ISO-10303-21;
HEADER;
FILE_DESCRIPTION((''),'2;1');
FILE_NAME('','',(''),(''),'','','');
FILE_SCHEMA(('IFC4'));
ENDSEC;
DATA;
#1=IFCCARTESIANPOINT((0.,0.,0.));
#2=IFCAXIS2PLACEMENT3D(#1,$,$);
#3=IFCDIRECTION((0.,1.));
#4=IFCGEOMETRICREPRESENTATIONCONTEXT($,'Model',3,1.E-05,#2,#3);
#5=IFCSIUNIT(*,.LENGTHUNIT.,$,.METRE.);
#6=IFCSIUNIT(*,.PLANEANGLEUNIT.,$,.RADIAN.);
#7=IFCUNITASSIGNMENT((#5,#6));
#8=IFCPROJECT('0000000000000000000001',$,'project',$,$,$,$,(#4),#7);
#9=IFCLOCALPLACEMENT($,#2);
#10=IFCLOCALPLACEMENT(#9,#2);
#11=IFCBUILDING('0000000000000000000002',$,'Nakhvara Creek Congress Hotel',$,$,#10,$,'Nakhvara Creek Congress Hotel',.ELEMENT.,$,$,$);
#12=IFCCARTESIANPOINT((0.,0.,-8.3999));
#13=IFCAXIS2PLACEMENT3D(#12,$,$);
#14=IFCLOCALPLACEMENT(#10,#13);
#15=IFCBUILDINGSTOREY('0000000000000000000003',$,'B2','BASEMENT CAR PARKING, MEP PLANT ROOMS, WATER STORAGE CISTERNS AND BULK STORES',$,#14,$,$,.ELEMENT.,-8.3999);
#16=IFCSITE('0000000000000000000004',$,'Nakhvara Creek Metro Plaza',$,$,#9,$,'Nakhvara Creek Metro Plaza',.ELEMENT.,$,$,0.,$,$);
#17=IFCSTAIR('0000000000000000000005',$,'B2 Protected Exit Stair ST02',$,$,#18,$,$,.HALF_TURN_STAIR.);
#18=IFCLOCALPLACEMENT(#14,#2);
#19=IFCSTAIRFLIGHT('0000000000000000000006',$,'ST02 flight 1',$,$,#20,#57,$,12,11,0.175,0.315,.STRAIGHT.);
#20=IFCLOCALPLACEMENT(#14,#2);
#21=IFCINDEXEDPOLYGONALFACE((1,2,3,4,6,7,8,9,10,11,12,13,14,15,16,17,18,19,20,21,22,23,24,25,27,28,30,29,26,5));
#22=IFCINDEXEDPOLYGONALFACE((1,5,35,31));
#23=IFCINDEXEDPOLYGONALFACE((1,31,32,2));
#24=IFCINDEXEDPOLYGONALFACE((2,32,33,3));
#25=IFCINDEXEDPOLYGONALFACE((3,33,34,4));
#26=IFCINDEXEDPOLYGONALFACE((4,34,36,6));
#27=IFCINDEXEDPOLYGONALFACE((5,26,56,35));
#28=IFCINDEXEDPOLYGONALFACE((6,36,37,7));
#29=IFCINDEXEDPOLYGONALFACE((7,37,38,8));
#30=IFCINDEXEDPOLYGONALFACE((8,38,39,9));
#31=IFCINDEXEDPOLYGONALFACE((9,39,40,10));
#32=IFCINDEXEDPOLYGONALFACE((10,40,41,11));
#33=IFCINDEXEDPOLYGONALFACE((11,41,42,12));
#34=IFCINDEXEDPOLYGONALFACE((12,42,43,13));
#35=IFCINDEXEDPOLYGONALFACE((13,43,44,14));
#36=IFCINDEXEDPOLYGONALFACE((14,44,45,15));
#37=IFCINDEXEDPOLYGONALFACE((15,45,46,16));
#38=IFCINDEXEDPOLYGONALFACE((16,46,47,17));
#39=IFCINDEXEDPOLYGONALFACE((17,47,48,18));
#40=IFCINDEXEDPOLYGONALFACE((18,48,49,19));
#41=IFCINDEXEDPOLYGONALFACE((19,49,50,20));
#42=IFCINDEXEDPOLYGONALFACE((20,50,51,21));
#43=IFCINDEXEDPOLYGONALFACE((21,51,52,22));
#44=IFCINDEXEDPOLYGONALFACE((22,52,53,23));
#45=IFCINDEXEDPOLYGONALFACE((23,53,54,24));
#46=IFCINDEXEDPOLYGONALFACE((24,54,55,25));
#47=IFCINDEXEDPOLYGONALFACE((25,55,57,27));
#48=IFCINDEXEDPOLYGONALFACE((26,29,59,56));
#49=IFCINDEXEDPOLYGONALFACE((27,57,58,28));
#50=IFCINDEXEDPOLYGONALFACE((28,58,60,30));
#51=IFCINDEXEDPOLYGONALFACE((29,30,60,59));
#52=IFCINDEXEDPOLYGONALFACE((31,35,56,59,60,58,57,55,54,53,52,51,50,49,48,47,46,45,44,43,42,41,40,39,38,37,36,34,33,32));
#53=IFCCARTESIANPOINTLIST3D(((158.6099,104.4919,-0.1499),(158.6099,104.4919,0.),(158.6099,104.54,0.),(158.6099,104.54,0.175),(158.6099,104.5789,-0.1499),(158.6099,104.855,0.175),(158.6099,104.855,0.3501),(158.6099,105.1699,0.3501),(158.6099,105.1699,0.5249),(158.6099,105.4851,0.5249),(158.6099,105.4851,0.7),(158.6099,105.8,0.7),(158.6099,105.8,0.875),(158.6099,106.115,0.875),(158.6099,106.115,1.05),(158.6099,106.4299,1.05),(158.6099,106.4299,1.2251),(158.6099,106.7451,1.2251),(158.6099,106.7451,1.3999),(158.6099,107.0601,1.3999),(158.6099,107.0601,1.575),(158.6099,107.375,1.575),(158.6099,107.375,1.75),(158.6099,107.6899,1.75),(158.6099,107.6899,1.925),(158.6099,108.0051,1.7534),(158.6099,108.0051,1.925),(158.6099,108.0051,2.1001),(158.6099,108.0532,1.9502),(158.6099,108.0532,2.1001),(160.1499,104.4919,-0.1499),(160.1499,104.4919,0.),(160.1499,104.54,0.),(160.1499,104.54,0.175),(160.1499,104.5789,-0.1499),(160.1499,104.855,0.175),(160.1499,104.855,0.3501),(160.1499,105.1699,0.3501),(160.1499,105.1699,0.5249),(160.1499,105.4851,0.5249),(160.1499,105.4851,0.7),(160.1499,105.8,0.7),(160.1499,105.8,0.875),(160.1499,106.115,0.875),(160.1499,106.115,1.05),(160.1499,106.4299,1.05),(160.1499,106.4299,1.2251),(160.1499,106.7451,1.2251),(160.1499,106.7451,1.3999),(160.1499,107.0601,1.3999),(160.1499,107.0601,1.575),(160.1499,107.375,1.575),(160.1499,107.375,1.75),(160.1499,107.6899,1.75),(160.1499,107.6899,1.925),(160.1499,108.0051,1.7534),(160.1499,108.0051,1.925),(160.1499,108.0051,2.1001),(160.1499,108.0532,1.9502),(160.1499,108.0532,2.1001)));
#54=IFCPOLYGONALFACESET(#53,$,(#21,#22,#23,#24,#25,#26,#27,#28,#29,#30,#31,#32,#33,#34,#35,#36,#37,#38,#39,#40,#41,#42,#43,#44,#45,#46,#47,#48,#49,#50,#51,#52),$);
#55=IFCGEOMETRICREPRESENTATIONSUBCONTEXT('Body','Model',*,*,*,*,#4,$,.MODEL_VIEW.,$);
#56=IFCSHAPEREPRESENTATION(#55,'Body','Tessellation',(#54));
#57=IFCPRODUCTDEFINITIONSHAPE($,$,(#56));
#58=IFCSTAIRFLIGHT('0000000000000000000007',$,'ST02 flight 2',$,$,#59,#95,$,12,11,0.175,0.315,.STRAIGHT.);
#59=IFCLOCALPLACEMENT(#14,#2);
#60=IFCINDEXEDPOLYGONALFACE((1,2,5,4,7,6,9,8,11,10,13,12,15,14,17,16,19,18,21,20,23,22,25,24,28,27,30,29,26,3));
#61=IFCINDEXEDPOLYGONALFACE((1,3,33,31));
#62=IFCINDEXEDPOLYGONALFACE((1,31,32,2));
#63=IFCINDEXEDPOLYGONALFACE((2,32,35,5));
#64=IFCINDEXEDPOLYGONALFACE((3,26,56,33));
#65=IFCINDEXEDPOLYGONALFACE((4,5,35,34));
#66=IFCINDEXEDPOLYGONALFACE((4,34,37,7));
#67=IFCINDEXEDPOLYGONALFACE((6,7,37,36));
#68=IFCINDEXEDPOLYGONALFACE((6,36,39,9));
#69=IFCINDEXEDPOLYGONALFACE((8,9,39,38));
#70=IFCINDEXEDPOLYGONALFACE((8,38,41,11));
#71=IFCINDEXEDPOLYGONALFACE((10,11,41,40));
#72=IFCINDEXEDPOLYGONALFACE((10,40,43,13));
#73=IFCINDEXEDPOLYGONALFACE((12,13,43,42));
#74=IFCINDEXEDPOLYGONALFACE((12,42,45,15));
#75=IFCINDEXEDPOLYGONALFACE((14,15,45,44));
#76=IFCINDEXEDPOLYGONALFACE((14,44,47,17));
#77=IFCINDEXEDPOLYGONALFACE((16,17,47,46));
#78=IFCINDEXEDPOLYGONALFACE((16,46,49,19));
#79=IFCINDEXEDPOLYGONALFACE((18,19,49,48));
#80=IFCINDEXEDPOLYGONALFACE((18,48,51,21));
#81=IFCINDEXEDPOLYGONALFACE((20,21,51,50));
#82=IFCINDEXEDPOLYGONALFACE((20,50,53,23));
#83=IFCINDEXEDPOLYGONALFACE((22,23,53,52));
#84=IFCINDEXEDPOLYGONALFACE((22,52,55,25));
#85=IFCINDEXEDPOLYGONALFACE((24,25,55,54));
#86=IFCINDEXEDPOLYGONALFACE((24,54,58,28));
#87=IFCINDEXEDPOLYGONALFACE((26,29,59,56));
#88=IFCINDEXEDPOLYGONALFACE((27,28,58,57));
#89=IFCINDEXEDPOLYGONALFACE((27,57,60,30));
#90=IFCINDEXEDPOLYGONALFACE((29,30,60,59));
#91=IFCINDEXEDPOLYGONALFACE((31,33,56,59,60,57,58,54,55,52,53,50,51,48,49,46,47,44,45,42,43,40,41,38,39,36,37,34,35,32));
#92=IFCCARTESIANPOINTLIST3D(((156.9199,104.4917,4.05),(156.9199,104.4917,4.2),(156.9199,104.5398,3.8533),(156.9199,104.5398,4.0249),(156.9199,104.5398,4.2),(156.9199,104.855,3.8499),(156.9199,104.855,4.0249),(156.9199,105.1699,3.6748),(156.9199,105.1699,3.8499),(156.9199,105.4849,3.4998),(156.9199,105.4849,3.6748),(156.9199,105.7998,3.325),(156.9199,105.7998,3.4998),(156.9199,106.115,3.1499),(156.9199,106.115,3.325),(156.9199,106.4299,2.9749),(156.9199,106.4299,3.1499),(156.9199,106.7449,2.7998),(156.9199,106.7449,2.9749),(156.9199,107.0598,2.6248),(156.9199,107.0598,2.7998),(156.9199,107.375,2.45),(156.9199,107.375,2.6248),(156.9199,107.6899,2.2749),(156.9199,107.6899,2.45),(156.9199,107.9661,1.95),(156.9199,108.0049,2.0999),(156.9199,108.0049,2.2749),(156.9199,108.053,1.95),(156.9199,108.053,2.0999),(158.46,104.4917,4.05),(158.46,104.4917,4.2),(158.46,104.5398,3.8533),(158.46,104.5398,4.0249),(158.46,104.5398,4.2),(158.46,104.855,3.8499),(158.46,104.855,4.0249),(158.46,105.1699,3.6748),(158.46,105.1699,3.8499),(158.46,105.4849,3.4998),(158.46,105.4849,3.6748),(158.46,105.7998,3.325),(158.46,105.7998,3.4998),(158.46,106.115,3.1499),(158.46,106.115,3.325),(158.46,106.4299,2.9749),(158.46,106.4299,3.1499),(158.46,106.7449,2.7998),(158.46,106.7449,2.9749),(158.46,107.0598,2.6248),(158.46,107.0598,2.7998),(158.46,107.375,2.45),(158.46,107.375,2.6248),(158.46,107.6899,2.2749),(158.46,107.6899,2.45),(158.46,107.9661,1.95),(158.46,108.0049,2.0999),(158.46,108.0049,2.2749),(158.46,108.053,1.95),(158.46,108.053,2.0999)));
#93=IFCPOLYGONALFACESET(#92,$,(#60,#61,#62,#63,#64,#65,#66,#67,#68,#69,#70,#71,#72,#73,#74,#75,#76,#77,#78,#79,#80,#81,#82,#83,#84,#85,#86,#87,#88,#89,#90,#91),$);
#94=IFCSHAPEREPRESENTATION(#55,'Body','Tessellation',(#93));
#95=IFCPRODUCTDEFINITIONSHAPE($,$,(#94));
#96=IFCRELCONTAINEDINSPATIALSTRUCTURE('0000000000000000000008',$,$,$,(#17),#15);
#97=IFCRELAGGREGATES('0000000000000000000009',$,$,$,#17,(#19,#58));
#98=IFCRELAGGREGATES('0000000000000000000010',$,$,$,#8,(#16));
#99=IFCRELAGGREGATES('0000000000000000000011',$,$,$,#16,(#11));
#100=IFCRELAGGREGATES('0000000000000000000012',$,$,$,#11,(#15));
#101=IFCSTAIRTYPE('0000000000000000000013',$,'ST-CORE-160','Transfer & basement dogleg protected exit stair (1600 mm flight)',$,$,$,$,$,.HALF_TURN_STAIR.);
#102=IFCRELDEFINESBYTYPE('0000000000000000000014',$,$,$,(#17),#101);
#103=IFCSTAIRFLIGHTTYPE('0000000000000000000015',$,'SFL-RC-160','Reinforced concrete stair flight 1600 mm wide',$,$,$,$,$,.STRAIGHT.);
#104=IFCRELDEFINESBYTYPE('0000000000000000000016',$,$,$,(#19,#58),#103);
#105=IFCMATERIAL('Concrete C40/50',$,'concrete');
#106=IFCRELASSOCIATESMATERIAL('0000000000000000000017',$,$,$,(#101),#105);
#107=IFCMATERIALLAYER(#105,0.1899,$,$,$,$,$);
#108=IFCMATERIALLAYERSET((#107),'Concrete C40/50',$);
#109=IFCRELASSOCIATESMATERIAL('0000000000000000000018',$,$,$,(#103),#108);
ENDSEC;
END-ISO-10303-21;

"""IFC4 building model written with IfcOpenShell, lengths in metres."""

from ifc_helpers import new_model, si_unit, direction, frame, origin, place, context, subcontext, project, spatial, polyline, outline, extrude, material, layer, layer_set, type_object, element, aggregate, save


model = new_model("IFC4")

# Units and contexts
model_context = context("Model", 3, precision=1e-05, world=origin(), true_north=direction((0.0, 1.0)))
body_context = subcontext(model_context, "Body", "Model", "MODEL_VIEW")
ifc_project = project(units=[si_unit("LENGTHUNIT", "METRE"), si_unit("PLANEANGLEUNIT", "RADIAN")], contexts=[model_context])

# Site, building, storey
site_placement = place(None, origin())
site = spatial("IfcSite", under=ifc_project, at=site_placement, Name="Nakhvara Creek Metro Plaza", LongName="Nakhvara Creek Metro Plaza", CompositionType="ELEMENT", RefElevation=0.0)
building_placement = place(site_placement, origin())
building = spatial("IfcBuilding", under=site, at=building_placement, Name="Nakhvara Creek Congress Hotel", LongName="Nakhvara Creek Congress Hotel", CompositionType="ELEMENT")
storey_placement = place(building_placement, frame((0.0, 0.0, -8.3999)))
storey = spatial("IfcBuildingStorey", under=building, at=storey_placement, Name="B2", Description="BASEMENT CAR PARKING, MEP PLANT ROOMS, WATER STORAGE CISTERNS AND BULK STORES", CompositionType="ELEMENT", Elevation=-8.3999)

# Shared definitions
ifc_material_1 = material(Name="Concrete C40/50", Category="concrete")

# Stair, stair flights
stair_type = type_object("IfcStairType", Name="ST-CORE-160", Description="Transfer & basement dogleg protected exit stair (1600 mm flight)", PredefinedType="HALF_TURN_STAIR", material=ifc_material_1)
stair_placement = place(storey_placement, origin())
stair = element("IfcStair", 1, at=stair_placement, inside=storey, type_object=stair_type, Name="B2 Protected Exit Stair ST02", PredefinedType="HALF_TURN_STAIR")
ifc_layer_1 = layer(ifc_material_1, 0.1899)
ifc_layer_set_1 = layer_set([ifc_layer_1], Name="Concrete C40/50")
stair_flight_type = type_object("IfcStairFlightType", Name="SFL-RC-160", Description="Reinforced concrete stair flight 1600 mm wide", PredefinedType="STRAIGHT", material=ifc_layer_set_1)
stair_flight_1_placement = place(storey_placement, frame((159.3799, 104.54, 0.0), z_axis=(0.0, 0.0, 1.0), x_axis=(0.0, 1.0, 0.0)))
stair_flight_1 = element("IfcStairFlight", 2, at=stair_flight_1_placement, type_object=stair_flight_type, Name="ST02 flight 1", NumberOfRisers=12, NumberOfTreads=11, PredefinedType="STRAIGHT", RiserHeight=0.175, TreadLength=0.315, context=body_context, shape_type="SweptSolid", body=[
    extrude(outline(polyline([(-0.0481, 0.0), (0.0, 0.0), (0.0, 0.175), (0.3149, 0.175), (0.3149, 0.3501), (0.6299, 0.3501), (0.6299, 0.5249), (0.9451, 0.5249), (0.9451, 0.7), (1.26, 0.7), (1.26, 0.875), (1.575, 0.875), (1.575, 1.05), (1.8899, 1.05), (1.8899, 1.2251), (2.2051, 1.2251), (2.2051, 1.3999), (2.52, 1.3999), (2.52, 1.575), (2.835, 1.575), (2.835, 1.75), (3.1499, 1.75), (3.1499, 1.925), (3.4651, 1.925), (3.4651, 2.1001), (3.5132, 2.1001), (3.5132, 1.9502), (3.4651, 1.7534), (0.0388, -0.1499), (-0.0481, -0.1499), (-0.0481, 0.0)])), frame((0.0, 0.77, 0.0), z_axis=(0.0, -1.0, 0.0), x_axis=(1.0, 0.0, 0.0)), (0.0, 0.0, 1.0), 1.54),
])
stair_flight_2_placement = place(storey_placement, frame((157.6899, 108.0049, 2.0999), z_axis=(0.0, 0.0, 1.0), x_axis=(0.0, -1.0, 0.0)))
stair_flight_2 = element("IfcStairFlight", 3, at=stair_flight_2_placement, type_object=stair_flight_type, Name="ST02 flight 2", NumberOfRisers=12, NumberOfTreads=11, PredefinedType="STRAIGHT", RiserHeight=0.175, TreadLength=0.315, context=body_context, shape_type="SweptSolid", body=[
    extrude(outline(polyline([(-0.0481, 0.0), (0.0, 0.0), (0.0, 0.175), (0.3149, 0.175), (0.3149, 0.3501), (0.6299, 0.3501), (0.6299, 0.5249), (0.9451, 0.5249), (0.9451, 0.7), (1.26, 0.7), (1.26, 0.875), (1.575, 0.875), (1.575, 1.05), (1.8899, 1.05), (1.8899, 1.2251), (2.2051, 1.2251), (2.2051, 1.3999), (2.52, 1.3999), (2.52, 1.575), (2.835, 1.575), (2.835, 1.75), (3.1499, 1.75), (3.1499, 1.925), (3.4651, 1.925), (3.4651, 2.1001), (3.5132, 2.1001), (3.5132, 1.9502), (3.4651, 1.7534), (0.0388, -0.1499), (-0.0481, -0.1499), (-0.0481, 0.0)])), frame((0.0, 0.77, 0.0), z_axis=(0.0, -1.0, 0.0), x_axis=(1.0, 0.0, 0.0)), (0.0, 0.0, 1.0), 1.54),
])
aggregate(stair, [stair_flight_1, stair_flight_2])

save(model, "model.ifc")
